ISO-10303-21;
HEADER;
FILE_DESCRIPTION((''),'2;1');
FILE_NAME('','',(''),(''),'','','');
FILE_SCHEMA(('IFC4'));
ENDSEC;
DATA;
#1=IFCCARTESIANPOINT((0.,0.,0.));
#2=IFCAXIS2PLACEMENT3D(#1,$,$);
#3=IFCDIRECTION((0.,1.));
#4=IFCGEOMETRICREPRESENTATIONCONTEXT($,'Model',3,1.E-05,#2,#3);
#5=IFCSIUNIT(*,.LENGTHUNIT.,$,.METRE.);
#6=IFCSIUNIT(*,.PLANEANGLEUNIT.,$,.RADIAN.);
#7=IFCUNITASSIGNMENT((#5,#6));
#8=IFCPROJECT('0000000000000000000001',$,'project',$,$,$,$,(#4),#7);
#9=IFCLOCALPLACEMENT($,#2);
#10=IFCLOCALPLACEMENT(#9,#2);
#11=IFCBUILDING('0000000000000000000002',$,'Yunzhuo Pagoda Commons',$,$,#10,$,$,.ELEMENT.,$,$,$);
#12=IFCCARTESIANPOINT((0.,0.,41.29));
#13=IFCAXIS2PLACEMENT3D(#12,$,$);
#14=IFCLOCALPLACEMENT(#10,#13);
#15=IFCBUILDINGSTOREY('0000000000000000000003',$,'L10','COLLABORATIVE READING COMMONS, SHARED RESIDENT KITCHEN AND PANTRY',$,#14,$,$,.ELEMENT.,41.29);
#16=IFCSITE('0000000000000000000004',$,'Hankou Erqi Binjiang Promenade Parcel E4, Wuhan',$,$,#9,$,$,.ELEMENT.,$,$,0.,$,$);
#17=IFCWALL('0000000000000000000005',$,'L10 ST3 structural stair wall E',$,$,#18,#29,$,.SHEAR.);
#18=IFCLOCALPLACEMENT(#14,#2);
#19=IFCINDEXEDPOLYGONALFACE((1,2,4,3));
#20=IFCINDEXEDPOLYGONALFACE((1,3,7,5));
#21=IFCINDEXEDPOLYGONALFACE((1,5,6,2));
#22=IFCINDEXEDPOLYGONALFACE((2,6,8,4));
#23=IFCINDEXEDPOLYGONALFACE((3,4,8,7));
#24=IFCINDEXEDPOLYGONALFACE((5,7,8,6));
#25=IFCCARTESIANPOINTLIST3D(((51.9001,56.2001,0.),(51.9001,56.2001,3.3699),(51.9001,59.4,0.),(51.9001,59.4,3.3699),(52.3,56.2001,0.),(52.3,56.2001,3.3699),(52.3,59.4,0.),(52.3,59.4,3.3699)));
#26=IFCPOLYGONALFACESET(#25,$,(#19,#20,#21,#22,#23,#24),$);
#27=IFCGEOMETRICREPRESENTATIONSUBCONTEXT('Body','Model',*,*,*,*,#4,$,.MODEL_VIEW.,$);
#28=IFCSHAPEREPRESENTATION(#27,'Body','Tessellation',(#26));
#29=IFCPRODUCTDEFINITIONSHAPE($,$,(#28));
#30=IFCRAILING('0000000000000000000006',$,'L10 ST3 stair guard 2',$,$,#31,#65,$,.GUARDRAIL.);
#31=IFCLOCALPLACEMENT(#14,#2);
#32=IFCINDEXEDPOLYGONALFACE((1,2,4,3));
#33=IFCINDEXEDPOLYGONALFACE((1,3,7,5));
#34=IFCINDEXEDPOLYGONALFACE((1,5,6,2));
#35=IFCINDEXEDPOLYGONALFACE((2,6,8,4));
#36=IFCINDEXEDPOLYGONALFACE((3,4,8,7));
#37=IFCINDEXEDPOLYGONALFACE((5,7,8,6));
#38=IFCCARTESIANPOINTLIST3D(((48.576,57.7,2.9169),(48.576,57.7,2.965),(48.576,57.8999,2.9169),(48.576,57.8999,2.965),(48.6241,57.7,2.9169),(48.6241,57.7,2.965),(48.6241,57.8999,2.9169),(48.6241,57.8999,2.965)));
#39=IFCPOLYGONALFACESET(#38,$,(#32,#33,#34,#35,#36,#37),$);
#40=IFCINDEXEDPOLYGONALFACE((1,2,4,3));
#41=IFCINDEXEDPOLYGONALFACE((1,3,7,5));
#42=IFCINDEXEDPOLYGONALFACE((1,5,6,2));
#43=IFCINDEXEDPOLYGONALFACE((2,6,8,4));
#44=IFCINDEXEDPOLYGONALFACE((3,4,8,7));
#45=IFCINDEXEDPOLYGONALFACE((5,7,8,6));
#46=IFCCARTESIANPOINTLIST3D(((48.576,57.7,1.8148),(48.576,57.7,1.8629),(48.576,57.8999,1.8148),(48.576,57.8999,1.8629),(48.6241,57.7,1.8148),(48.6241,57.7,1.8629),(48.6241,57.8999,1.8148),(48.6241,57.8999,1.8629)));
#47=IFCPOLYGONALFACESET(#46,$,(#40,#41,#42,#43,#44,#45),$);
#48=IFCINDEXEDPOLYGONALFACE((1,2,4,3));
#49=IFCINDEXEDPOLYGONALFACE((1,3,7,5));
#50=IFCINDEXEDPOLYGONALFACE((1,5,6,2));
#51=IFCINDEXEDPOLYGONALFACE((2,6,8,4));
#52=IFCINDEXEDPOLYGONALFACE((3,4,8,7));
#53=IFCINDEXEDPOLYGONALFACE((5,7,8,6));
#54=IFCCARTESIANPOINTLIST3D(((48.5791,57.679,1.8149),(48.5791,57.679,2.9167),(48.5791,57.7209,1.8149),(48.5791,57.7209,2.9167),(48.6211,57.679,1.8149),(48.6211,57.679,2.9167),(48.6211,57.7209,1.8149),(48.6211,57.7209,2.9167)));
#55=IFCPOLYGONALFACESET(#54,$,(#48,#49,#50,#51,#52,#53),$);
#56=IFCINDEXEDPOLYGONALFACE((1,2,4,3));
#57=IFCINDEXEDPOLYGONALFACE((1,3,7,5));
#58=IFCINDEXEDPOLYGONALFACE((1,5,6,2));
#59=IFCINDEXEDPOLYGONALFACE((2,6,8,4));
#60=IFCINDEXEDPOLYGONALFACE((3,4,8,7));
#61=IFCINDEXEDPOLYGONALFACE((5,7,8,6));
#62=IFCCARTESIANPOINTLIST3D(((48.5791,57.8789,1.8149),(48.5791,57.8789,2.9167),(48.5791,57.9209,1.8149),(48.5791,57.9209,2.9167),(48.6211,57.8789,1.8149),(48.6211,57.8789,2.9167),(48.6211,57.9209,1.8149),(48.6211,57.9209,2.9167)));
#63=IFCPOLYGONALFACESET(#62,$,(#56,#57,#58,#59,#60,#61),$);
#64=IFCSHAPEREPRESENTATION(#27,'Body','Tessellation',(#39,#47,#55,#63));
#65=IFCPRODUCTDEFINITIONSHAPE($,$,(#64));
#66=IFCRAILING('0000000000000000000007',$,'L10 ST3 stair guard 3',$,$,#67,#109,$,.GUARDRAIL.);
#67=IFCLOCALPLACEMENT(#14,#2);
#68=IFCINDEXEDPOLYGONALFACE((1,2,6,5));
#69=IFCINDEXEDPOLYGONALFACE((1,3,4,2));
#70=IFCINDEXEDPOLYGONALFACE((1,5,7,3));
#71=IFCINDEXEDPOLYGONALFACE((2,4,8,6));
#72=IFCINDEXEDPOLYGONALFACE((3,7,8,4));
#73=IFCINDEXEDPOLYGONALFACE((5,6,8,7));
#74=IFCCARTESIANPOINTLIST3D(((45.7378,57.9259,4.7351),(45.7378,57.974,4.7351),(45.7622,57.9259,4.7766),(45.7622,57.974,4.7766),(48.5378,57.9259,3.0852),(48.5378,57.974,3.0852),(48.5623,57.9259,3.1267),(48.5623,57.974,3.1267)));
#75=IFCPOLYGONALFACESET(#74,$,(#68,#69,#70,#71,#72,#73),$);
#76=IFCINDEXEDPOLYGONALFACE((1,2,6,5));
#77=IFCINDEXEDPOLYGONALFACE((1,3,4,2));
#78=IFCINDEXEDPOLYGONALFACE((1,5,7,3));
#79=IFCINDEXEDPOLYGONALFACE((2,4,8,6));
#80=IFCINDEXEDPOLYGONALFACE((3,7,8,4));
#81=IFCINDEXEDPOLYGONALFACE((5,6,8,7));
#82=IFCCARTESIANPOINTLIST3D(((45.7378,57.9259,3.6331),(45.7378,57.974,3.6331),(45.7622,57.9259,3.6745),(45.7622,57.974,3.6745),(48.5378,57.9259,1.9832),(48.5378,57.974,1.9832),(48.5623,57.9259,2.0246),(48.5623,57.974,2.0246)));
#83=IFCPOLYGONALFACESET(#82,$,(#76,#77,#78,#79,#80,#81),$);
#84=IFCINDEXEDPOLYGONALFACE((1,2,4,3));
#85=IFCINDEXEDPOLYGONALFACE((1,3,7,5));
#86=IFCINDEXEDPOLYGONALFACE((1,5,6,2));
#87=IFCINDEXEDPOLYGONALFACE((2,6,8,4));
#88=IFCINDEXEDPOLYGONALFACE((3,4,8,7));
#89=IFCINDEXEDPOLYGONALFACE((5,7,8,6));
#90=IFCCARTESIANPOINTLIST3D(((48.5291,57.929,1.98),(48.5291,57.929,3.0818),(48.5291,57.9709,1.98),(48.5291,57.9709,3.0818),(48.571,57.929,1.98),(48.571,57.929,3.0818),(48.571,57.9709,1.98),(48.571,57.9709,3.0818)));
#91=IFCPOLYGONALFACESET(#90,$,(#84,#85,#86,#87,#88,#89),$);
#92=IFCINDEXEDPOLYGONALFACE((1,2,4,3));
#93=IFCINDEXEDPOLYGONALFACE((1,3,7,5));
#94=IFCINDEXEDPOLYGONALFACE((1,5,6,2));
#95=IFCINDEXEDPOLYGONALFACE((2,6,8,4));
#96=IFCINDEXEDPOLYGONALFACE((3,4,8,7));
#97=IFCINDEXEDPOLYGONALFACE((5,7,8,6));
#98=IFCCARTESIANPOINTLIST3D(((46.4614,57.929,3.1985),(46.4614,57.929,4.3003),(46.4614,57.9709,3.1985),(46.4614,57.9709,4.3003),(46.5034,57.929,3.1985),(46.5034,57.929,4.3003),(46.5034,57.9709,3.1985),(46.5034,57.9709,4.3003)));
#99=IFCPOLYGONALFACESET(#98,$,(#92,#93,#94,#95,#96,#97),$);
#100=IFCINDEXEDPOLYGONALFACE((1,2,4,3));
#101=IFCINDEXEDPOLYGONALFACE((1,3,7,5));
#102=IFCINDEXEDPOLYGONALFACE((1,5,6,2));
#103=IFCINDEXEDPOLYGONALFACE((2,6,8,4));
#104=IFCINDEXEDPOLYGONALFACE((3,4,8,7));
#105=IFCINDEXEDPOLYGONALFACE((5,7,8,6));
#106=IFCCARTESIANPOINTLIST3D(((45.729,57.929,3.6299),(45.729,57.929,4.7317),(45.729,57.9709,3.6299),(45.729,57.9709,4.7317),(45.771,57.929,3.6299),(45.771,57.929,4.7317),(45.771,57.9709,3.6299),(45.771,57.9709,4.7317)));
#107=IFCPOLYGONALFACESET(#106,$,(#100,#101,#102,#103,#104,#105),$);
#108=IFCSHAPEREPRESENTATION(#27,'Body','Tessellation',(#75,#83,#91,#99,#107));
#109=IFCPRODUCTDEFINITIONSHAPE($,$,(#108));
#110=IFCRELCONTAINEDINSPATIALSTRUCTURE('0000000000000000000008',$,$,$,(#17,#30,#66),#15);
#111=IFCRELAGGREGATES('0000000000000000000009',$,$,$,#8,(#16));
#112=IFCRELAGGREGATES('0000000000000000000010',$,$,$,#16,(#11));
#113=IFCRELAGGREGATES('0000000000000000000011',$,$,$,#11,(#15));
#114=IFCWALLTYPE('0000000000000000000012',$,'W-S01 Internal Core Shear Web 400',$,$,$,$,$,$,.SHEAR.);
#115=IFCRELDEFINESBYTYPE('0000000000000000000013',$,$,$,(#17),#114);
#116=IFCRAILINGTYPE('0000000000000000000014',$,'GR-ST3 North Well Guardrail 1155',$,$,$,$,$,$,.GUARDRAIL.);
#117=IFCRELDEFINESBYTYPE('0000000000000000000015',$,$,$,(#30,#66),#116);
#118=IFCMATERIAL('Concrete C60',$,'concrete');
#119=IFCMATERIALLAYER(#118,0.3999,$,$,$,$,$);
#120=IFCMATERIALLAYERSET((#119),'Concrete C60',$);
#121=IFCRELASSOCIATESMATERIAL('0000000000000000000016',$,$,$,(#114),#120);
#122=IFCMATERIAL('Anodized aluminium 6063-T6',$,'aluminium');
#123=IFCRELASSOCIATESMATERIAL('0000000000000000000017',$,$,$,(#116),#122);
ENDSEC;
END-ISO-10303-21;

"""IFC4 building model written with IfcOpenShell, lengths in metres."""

from ifc_helpers import new_model, si_unit, direction, frame, frame_2d, origin, origin_2d, place, context, subcontext, project, spatial, rectangle, extrude, material, layer, layer_set, type_object, element, save


model = new_model("IFC4")

# Units and contexts
model_context = context("Model", 3, precision=1e-05, world=origin(), true_north=direction((0.0, 1.0)))
body_context = subcontext(model_context, "Body", "Model", "MODEL_VIEW")
ifc_project = project(units=[si_unit("LENGTHUNIT", "METRE"), si_unit("PLANEANGLEUNIT", "RADIAN")], contexts=[model_context])

# Site, building, storey
site_placement = place(None, origin())
site = spatial("IfcSite", under=ifc_project, at=site_placement, Name="Hankou Erqi Binjiang Promenade Parcel E4, Wuhan", CompositionType="ELEMENT", RefElevation=0.0)
building_placement = place(site_placement, origin())
building = spatial("IfcBuilding", under=site, at=building_placement, Name="Yunzhuo Pagoda Commons", CompositionType="ELEMENT")
storey_placement = place(building_placement, frame((0.0, 0.0, 41.29)))
storey = spatial("IfcBuildingStorey", under=building, at=storey_placement, Name="L10", Description="COLLABORATIVE READING COMMONS, SHARED RESIDENT KITCHEN AND PANTRY", CompositionType="ELEMENT", Elevation=41.29)

# Shared definitions
ifc_material_1 = material(Name="Anodized aluminium 6063-T6", Category="aluminium")

# Wall
ifc_material_2 = material(Name="Concrete C60", Category="concrete")
ifc_layer_1 = layer(ifc_material_2, 0.3999)
ifc_layer_set_1 = layer_set([ifc_layer_1], Name="Concrete C60")
wall_type_1 = type_object("IfcWallType", Name="W-S01 Internal Core Shear Web 400", PredefinedType="SHEAR", material=ifc_layer_set_1)
wall_1_placement = place(storey_placement, frame((52.1001, 56.2, 0.0), z_axis=(0.0, 0.0, 1.0), x_axis=(0.0, 1.0, 0.0)))
element("IfcWall", 1, at=wall_1_placement, inside=storey, type_object=wall_type_1, Name="L10 ST3 structural stair wall E", PredefinedType="SHEAR", context=body_context, shape_type="SweptSolid", body=[
    extrude(rectangle(XDim=3.2, YDim=0.3999, at=frame_2d((1.6001, 0.0))), origin(), (0.0, 0.0, 1.0), 3.3699),
])

# Railings
railing_type = type_object("IfcRailingType", Name="GR-ST3 North Well Guardrail 1155", PredefinedType="GUARDRAIL", material=ifc_material_1)
railing_1_placement = place(storey_placement, frame((48.6001, 57.7, 1.8149)))
element("IfcRailing", 2, at=railing_1_placement, inside=storey, type_object=railing_type, Name="L10 ST3 stair guard 2", PredefinedType="GUARDRAIL", context=body_context, shape_type="SweptSolid", body=[
    extrude(rectangle(XDim=0.0481, YDim=0.0481, at=origin_2d()), frame((0.0, 0.0, 1.126), z_axis=(0.0, 1.0, 0.0), x_axis=(-1.0, 0.0, 0.0)), (0.0, 0.0, 1.0), 0.2),
    extrude(rectangle(XDim=0.0481, YDim=0.0481, at=origin_2d()), frame((0.0, 0.0, 0.0239), z_axis=(0.0, 1.0, 0.0), x_axis=(-1.0, 0.0, 0.0)), (0.0, 0.0, 1.0), 0.2),
    extrude(rectangle(XDim=0.042, YDim=0.042, at=origin_2d()), origin(), (0.0, 0.0, 1.0), 1.1018),
    extrude(rectangle(XDim=0.042, YDim=0.042, at=origin_2d()), frame((0.0, 0.2, 0.0)), (0.0, 0.0, 1.0), 1.1018),
])
railing_2_placement = place(storey_placement, frame((48.55, 57.95, 1.98)))
element("IfcRailing", 3, at=railing_2_placement, inside=storey, type_object=railing_type, Name="L10 ST3 stair guard 3", PredefinedType="GUARDRAIL", context=body_context, shape_type="SweptSolid", body=[
    extrude(rectangle(XDim=0.0481, YDim=0.0481, at=origin_2d()), frame((0.0, 0.0, 1.126), z_axis=(-0.861555, 0.0, 0.507663), x_axis=(0.0, -1.0, 0.0)), (0.0, 0.0, 1.0), 3.25),
    extrude(rectangle(XDim=0.0481, YDim=0.0481, at=origin_2d()), frame((0.0, 0.0, 0.0239), z_axis=(-0.861555, 0.0, 0.507663), x_axis=(0.0, -1.0, 0.0)), (0.0, 0.0, 1.0), 3.25),
    extrude(rectangle(XDim=0.042, YDim=0.042, at=origin_2d()), origin(), (0.0, 0.0, 1.0), 1.1018),
    extrude(rectangle(XDim=0.042, YDim=0.042, at=origin_2d()), frame((-2.0676, 0.0, 1.2185)), (0.0, 0.0, 1.0), 1.1018),
    extrude(rectangle(XDim=0.042, YDim=0.042, at=origin_2d()), frame((-2.8, 0.0, 1.6499)), (0.0, 0.0, 1.0), 1.1018),
])

save(model, "model.ifc")
